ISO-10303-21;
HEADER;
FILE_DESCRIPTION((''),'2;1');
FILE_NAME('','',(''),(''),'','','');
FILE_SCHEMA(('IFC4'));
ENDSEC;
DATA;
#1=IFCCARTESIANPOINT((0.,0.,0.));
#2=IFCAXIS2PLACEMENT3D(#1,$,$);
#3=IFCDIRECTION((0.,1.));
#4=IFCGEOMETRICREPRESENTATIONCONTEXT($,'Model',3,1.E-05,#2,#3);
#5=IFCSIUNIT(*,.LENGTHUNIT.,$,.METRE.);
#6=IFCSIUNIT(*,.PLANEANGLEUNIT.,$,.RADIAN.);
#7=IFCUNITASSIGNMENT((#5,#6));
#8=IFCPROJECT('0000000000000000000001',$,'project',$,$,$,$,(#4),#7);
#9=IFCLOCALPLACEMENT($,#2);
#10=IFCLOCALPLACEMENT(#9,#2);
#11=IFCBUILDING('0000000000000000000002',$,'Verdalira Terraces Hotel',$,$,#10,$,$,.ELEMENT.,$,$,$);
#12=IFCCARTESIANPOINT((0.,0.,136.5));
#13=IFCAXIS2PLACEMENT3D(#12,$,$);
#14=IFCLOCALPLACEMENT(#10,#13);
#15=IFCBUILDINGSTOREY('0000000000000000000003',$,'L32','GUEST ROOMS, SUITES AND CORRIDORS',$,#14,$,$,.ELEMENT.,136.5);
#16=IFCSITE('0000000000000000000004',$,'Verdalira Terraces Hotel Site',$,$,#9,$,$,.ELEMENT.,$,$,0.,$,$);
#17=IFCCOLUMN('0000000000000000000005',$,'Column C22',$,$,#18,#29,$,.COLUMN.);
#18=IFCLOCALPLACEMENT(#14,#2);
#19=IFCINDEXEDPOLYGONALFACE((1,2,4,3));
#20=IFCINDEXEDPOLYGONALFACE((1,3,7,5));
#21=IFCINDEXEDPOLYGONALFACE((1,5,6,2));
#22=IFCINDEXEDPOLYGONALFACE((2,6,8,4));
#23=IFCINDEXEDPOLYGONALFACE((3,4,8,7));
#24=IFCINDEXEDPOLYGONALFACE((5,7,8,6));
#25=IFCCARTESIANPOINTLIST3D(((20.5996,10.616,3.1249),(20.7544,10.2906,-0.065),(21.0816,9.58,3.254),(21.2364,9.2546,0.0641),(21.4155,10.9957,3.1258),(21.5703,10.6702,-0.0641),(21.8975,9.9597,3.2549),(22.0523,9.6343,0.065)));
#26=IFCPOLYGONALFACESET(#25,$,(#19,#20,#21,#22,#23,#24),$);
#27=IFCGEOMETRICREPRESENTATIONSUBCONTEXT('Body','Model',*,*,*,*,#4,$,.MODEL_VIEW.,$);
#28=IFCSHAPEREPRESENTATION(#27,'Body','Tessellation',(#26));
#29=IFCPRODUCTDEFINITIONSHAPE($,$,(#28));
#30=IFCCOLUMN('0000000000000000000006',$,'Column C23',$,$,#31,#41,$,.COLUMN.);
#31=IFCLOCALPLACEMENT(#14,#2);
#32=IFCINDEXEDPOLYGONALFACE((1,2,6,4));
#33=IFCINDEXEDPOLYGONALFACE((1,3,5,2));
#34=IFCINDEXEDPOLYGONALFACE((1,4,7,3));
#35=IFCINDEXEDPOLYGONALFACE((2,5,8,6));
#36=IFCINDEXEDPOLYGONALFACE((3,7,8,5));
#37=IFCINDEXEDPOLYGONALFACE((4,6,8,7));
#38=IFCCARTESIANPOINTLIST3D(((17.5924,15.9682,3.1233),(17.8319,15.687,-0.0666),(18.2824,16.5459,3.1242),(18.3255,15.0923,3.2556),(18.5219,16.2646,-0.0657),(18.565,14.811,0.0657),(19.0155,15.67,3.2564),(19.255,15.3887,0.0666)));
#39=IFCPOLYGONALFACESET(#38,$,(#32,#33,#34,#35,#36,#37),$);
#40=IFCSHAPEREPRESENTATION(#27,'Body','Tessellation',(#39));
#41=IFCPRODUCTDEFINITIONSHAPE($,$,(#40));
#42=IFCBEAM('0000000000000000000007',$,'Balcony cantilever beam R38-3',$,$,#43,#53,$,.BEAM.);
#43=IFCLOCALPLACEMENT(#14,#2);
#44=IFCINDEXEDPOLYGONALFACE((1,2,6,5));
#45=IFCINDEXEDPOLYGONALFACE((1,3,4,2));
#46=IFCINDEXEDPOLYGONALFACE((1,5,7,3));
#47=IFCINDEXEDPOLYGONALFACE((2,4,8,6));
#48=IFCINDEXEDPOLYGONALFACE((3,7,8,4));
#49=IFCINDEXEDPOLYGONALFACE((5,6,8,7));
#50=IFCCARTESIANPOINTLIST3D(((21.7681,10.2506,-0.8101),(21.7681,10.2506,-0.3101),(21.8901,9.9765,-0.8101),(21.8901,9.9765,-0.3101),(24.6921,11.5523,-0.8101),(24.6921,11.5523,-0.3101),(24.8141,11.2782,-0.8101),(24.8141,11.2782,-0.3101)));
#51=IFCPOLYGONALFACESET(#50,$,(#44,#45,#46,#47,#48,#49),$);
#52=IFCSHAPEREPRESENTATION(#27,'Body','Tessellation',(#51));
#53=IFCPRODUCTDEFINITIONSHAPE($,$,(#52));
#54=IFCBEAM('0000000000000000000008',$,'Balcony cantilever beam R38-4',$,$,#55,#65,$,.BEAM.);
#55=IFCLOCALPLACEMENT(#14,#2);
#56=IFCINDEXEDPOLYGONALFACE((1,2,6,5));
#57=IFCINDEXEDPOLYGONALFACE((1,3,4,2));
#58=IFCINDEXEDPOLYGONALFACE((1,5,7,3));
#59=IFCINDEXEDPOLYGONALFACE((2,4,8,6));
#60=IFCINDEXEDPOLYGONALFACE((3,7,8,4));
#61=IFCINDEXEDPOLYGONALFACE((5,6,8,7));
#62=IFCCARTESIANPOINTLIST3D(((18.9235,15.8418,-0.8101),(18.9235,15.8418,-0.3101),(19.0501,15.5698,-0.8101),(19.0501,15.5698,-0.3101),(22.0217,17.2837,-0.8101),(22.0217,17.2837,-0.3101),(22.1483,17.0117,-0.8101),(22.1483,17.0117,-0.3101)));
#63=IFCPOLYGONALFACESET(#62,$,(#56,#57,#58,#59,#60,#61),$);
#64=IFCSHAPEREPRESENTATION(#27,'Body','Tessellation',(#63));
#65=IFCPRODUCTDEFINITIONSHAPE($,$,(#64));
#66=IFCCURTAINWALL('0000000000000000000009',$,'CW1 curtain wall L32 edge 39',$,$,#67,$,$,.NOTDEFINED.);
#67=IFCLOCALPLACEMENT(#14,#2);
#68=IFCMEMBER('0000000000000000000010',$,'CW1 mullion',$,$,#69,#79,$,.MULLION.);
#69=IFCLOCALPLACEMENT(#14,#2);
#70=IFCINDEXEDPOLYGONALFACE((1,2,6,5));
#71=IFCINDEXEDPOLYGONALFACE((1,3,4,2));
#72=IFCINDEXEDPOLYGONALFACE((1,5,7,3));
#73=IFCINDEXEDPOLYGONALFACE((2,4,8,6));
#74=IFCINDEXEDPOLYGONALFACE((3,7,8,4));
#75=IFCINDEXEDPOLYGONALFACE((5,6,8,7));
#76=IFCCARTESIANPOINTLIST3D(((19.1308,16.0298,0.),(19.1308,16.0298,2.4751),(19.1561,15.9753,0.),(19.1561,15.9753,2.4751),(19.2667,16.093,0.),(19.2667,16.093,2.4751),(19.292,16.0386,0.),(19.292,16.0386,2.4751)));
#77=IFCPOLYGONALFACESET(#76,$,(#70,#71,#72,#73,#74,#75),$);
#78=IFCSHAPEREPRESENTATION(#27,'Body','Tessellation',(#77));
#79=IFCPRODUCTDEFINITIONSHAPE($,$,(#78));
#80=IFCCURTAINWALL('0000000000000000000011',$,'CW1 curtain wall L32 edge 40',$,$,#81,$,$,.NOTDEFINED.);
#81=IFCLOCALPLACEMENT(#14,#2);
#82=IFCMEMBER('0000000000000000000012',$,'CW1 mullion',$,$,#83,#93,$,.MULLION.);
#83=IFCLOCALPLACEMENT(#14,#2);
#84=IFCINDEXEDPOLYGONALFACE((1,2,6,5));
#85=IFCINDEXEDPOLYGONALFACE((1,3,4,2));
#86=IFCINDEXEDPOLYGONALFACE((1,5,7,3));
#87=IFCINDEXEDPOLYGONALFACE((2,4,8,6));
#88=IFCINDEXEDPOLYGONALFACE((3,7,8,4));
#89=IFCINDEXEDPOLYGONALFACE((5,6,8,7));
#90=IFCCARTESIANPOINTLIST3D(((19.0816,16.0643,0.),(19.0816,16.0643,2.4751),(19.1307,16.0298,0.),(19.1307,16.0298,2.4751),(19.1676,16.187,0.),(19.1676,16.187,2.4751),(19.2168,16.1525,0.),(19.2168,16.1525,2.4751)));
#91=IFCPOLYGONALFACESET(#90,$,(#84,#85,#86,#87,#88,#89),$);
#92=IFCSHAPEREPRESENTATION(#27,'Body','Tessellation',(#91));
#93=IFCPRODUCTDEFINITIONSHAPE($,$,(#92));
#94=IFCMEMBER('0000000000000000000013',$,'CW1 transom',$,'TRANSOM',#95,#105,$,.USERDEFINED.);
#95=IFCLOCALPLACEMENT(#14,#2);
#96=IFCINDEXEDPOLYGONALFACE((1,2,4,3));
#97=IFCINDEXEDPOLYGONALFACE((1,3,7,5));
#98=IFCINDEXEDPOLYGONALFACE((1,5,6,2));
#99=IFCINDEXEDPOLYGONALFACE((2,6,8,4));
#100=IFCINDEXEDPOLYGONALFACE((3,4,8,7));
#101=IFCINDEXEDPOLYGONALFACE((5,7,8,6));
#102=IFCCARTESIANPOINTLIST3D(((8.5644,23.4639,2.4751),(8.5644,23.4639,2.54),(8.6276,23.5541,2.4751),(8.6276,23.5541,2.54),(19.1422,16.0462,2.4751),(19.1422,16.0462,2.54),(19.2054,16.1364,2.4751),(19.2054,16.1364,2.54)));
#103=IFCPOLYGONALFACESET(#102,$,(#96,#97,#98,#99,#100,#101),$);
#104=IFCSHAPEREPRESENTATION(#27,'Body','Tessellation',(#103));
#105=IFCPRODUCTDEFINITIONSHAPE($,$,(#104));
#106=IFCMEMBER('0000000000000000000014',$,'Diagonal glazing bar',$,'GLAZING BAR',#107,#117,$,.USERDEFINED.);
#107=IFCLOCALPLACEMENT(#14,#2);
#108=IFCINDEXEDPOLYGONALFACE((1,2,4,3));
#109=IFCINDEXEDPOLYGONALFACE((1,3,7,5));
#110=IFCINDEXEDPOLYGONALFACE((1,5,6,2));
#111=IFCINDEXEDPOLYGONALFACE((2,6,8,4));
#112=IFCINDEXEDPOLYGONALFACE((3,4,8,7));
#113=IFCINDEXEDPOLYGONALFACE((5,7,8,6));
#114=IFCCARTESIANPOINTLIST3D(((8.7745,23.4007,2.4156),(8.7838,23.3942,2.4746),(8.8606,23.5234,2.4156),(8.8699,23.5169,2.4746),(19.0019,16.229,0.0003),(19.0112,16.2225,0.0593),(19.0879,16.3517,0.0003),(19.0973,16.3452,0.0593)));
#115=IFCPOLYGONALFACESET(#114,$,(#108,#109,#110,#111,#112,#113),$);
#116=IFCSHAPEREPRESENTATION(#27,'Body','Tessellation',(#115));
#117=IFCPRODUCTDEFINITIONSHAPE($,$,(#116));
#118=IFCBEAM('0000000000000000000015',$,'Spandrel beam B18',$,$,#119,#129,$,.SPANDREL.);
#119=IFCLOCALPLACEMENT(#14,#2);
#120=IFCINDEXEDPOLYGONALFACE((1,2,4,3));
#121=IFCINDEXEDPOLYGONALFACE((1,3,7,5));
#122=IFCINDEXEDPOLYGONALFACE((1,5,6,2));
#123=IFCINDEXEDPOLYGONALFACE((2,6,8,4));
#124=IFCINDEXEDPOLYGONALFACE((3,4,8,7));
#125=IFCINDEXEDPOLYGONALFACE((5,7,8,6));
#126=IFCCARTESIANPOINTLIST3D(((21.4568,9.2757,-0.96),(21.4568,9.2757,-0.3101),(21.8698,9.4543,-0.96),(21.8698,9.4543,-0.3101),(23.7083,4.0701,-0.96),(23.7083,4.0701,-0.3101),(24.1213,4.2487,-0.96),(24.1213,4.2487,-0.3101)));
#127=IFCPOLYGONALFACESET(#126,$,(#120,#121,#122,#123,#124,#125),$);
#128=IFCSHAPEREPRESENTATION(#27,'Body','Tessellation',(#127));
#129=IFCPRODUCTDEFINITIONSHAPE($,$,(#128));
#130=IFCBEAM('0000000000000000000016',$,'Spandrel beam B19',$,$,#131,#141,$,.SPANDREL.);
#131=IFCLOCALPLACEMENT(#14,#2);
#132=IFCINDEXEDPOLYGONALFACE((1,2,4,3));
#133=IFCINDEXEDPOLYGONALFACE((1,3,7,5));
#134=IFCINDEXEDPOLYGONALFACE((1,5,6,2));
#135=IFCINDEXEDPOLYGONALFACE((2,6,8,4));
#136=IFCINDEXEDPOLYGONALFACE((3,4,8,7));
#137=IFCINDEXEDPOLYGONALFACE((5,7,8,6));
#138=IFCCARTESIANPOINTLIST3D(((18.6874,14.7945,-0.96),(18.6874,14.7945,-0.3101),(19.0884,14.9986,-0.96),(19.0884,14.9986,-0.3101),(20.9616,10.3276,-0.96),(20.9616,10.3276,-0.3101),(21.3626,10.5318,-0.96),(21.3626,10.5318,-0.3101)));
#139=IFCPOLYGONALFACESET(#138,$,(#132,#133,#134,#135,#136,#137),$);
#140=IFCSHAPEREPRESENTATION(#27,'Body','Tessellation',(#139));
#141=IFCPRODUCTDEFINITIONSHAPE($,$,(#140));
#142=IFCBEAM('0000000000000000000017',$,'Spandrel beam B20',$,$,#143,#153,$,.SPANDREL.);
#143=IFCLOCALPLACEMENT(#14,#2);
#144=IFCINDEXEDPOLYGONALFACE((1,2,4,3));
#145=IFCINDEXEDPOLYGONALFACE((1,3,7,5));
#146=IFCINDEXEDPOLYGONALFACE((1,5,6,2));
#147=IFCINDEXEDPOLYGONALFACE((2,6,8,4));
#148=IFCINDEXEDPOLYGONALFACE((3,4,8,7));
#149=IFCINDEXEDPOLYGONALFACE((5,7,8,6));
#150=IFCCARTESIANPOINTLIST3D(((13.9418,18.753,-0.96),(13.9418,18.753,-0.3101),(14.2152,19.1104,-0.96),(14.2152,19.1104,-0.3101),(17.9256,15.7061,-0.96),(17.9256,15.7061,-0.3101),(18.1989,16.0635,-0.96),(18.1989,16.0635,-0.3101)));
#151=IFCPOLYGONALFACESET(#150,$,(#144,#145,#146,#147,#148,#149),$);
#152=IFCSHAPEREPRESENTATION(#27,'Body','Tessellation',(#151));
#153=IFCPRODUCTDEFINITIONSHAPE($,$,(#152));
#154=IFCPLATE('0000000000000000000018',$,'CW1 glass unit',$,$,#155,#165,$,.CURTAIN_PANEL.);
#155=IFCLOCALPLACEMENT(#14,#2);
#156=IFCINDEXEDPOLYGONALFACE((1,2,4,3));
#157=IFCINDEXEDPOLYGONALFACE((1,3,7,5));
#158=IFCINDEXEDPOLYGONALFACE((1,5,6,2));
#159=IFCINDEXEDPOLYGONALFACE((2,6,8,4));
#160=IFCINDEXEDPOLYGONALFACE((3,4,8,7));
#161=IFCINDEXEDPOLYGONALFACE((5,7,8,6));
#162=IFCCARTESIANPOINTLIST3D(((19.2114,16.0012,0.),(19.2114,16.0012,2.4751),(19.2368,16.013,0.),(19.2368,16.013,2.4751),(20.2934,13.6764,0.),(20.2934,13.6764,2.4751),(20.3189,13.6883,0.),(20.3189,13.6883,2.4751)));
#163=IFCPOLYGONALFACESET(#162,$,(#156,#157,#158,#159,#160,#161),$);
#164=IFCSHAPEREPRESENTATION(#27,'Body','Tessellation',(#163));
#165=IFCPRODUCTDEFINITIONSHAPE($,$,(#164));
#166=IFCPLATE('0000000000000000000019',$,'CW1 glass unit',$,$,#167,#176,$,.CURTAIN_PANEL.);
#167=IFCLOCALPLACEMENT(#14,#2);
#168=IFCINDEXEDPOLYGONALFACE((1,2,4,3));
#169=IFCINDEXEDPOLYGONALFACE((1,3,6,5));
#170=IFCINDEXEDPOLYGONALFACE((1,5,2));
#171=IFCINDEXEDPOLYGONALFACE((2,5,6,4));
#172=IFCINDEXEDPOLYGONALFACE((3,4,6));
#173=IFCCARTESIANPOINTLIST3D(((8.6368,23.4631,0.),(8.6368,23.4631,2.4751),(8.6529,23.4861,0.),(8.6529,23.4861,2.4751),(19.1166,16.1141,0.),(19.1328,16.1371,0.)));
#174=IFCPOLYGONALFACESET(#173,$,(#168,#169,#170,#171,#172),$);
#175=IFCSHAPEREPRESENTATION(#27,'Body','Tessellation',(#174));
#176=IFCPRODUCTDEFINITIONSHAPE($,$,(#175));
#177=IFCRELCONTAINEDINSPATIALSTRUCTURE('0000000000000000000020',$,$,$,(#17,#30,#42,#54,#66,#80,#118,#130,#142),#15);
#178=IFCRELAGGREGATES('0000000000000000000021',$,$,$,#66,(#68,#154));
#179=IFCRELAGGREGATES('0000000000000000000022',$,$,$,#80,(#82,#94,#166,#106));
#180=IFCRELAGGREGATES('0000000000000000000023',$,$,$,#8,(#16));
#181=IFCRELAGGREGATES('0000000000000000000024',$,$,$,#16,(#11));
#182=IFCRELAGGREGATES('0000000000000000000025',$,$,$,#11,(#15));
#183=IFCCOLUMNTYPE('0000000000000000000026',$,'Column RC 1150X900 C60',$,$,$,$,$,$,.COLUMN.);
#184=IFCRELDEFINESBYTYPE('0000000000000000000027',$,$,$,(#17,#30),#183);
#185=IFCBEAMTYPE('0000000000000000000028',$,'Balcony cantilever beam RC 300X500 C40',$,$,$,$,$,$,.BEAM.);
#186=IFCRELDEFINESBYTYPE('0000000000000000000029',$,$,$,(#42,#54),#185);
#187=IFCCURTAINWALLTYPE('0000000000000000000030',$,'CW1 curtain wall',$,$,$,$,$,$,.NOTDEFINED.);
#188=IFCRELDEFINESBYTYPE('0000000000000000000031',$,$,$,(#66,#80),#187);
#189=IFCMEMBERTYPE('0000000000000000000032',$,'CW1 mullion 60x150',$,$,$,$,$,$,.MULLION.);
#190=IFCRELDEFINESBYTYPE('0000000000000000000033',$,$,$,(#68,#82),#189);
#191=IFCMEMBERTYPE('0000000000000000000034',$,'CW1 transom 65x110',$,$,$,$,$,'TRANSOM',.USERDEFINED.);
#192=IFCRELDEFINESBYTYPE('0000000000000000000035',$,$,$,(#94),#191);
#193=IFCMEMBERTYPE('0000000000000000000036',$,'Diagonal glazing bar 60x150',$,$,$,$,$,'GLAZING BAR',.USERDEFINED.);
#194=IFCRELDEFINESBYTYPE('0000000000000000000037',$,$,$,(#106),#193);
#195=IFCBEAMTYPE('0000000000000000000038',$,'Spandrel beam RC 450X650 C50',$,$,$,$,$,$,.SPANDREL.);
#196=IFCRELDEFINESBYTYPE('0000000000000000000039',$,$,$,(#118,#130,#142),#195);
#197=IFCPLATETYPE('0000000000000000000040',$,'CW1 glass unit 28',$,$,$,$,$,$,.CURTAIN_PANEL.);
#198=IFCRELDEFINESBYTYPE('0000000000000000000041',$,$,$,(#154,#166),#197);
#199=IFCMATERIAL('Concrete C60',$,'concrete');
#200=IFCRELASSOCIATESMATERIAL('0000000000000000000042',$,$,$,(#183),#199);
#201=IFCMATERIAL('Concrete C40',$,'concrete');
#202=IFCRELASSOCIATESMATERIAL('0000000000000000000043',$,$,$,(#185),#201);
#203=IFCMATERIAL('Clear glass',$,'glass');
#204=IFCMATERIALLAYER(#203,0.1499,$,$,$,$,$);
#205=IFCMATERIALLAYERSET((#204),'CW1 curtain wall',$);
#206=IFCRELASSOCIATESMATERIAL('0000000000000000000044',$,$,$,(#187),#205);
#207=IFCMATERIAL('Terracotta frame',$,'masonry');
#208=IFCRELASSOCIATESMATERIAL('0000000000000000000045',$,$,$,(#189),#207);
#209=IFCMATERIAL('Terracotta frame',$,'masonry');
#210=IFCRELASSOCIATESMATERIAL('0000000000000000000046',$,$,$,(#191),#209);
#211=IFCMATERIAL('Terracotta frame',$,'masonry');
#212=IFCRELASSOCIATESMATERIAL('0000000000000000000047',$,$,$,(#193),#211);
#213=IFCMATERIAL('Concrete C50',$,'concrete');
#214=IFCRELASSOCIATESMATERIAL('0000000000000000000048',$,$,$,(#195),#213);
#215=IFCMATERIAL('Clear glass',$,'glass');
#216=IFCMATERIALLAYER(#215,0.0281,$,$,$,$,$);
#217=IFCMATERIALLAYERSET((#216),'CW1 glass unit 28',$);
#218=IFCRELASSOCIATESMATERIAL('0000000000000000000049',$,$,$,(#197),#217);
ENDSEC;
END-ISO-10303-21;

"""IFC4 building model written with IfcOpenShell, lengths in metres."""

from ifc_helpers import new_model, si_unit, direction, frame, origin, origin_2d, place, context, subcontext, project, spatial, polyline, rectangle, outline, extrude, material, layer, layer_set, material_profile, profile_set, type_object, element, aggregate, save


model = new_model("IFC4")

# Units and contexts
model_context = context("Model", 3, precision=1e-05, world=origin(), true_north=direction((0.0, 1.0)))
body_context = subcontext(model_context, "Body", "Model", "MODEL_VIEW")
ifc_project = project(units=[si_unit("LENGTHUNIT", "METRE"), si_unit("PLANEANGLEUNIT", "RADIAN")], contexts=[model_context])

# Site, building, storey
site_placement = place(None, origin())
site = spatial("IfcSite", under=ifc_project, at=site_placement, Name="Verdalira Terraces Hotel Site", CompositionType="ELEMENT", RefElevation=0.0)
building_placement = place(site_placement, origin())
building = spatial("IfcBuilding", under=site, at=building_placement, Name="Verdalira Terraces Hotel", CompositionType="ELEMENT")
storey_placement = place(building_placement, frame((0.0, 0.0, 136.5)))
storey = spatial("IfcBuildingStorey", under=building, at=storey_placement, Name="L32", Description="GUEST ROOMS, SUITES AND CORRIDORS", CompositionType="ELEMENT", Elevation=136.5)

# Columns
ifc_material_1 = material(Name="Concrete C60", Category="concrete")
ifc_material_profile_1 = material_profile(ifc_material_1, rectangle(XDim=1.1499, YDim=0.8999, at=origin_2d()), Name="RC 1150X900")
ifc_profile_set_1 = profile_set([ifc_material_profile_1], Name="Concrete C60")
column_type = type_object("IfcColumnType", Name="Column RC 1150X900 C60", PredefinedType="COLUMN", material=ifc_profile_set_1)
column_1_placement = place(storey_placement, frame((21.4033, 9.9624, 0.0), z_axis=(-0.048216, 0.101376, 0.993679), x_axis=(-0.419168, 0.900942, -0.112254)))
element("IfcColumn", 1, at=column_1_placement, inside=storey, type_object=column_type, Name="Column C22", PredefinedType="COLUMN", context=body_context, shape_type="SweptSolid", body=[
    extrude(rectangle(XDim=1.1499, YDim=0.8999, at=origin_2d()), origin(), (0.0, 0.0, 1.0), 3.2102),
])
column_2_placement = place(storey_placement, frame((18.5435, 15.5378, 0.0), z_axis=(-0.074582, 0.087582, 0.993361), x_axis=(0.637591, -0.761738, 0.115031)))
element("IfcColumn", 2, at=column_2_placement, inside=storey, type_object=column_type, Name="Column C23", PredefinedType="COLUMN", context=body_context, shape_type="SweptSolid", body=[
    extrude(rectangle(XDim=1.1499, YDim=0.8999, at=origin_2d()), origin(), (0.0, 0.0, 1.0), 3.2112),
])

# Beams
ifc_material_2 = material(Name="Concrete C40", Category="concrete")
ifc_material_profile_2 = material_profile(ifc_material_2, rectangle(XDim=0.3, YDim=0.5, at=origin_2d()), Name="RC 300X500")
ifc_profile_set_2 = profile_set([ifc_material_profile_2], Name="Concrete C40")
beam_type_1 = type_object("IfcBeamType", Name="Balcony cantilever beam RC 300X500 C40", PredefinedType="BEAM", material=ifc_profile_set_2)
beam_1_placement = place(storey_placement, frame((21.8291, 10.1135, -0.5601), z_axis=(0.91356, 0.406705, 0.0), x_axis=(-0.406705, 0.91356, 0.0)))
element("IfcBeam", 3, at=beam_1_placement, inside=storey, type_object=beam_type_1, Name="Balcony cantilever beam R38-3", PredefinedType="BEAM", context=body_context, shape_type="SweptSolid", body=[
    extrude(rectangle(XDim=0.3, YDim=0.5, at=origin_2d()), origin(), (0.0, 0.0, 1.0), 3.2007),
])
beam_2_placement = place(storey_placement, frame((18.9868, 15.7058, -0.5601), z_axis=(0.906621, 0.421947, 0.0), x_axis=(-0.421947, 0.906621, 0.0)))
element("IfcBeam", 4, at=beam_2_placement, inside=storey, type_object=beam_type_1, Name="Balcony cantilever beam R38-4", PredefinedType="BEAM", context=body_context, shape_type="SweptSolid", body=[
    extrude(rectangle(XDim=0.3, YDim=0.5, at=origin_2d()), origin(), (0.0, 0.0, 1.0), 3.4172),
])

# Curtain wall, member
ifc_material_3 = material(Name="Clear glass", Category="glass")
ifc_layer_1 = layer(ifc_material_3, 0.1499)
ifc_layer_set_1 = layer_set([ifc_layer_1], Name="CW1 curtain wall")
curtain_wall_type = type_object("IfcCurtainWallType", Name="CW1 curtain wall", PredefinedType="NOTDEFINED", material=ifc_layer_set_1)
curtain_wall_1_placement = place(storey_placement, origin())
curtain_wall_1 = element("IfcCurtainWall", 5, at=curtain_wall_1_placement, inside=storey, type_object=curtain_wall_type, Name="CW1 curtain wall L32 edge 39", PredefinedType="NOTDEFINED")
ifc_material_4 = material(Name="Terracotta frame", Category="masonry")
ifc_material_profile_3 = material_profile(ifc_material_4, rectangle(XDim=0.0601, YDim=0.1499, at=origin_2d()), Name="MU 60x150")
ifc_profile_set_3 = profile_set([ifc_material_profile_3], Name="Terracotta frame")
member_type_1 = type_object("IfcMemberType", Name="CW1 mullion 60x150", PredefinedType="MULLION", material=ifc_profile_set_3)
member_1_placement = place(storey_placement, frame((19.2114, 16.0342, 0.0), z_axis=(0.0, 0.0, 1.0), x_axis=(-0.421985, 0.906603, 0.0)))
member_1 = element("IfcMember", 6, at=member_1_placement, type_object=member_type_1, Name="CW1 mullion", PredefinedType="MULLION", context=body_context, shape_type="SweptSolid", body=[
    extrude(rectangle(XDim=0.0601, YDim=0.1499, at=origin_2d()), origin(), (0.0, 0.0, 1.0), 2.4751),
])

# Curtain wall, members
curtain_wall_2_placement = place(storey_placement, origin())
curtain_wall_2 = element("IfcCurtainWall", 7, at=curtain_wall_2_placement, inside=storey, type_object=curtain_wall_type, Name="CW1 curtain wall L32 edge 40", PredefinedType="NOTDEFINED")
member_2_placement = place(storey_placement, frame((19.1492, 16.1084, 0.0), z_axis=(0.0, 0.0, 1.0), x_axis=(-0.818751, 0.574148, 0.0)))
member_2 = element("IfcMember", 8, at=member_2_placement, type_object=member_type_1, Name="CW1 mullion", PredefinedType="MULLION", context=body_context, shape_type="SweptSolid", body=[
    extrude(rectangle(XDim=0.0601, YDim=0.1499, at=origin_2d()), origin(), (0.0, 0.0, 1.0), 2.4751),
])
ifc_material_5 = material(Name="Terracotta frame", Category="masonry")
ifc_material_profile_4 = material_profile(ifc_material_5, rectangle(XDim=0.1101, YDim=0.0649, at=origin_2d()), Name="TR 65x110")
ifc_profile_set_4 = profile_set([ifc_material_profile_4], Name="Terracotta frame")
member_type_2 = type_object("IfcMemberType", Name="CW1 transom 65x110", ElementType="TRANSOM", PredefinedType="USERDEFINED", material=ifc_profile_set_4)
member_3_placement = place(storey_placement, frame((19.1738, 16.0913, 2.5076), z_axis=(-0.818751, 0.574148, 0.0), x_axis=(-0.574148, -0.818751, 0.0)))
member_3 = element("IfcMember", 9, at=member_3_placement, type_object=member_type_2, Name="CW1 transom", ObjectType="TRANSOM", PredefinedType="USERDEFINED", context=body_context, shape_type="SweptSolid", body=[
    extrude(rectangle(XDim=0.1101, YDim=0.0649, at=origin_2d()), origin(), (0.0, 0.0, 1.0), 12.9194),
])
ifc_material_6 = material(Name="Terracotta frame", Category="masonry")
ifc_material_profile_5 = material_profile(ifc_material_6, rectangle(XDim=0.1499, YDim=0.0601, at=origin_2d()), Name="GB 60x150")
ifc_profile_set_5 = profile_set([ifc_material_profile_5], Name="Terracotta frame")
member_type_3 = type_object("IfcMemberType", Name="Diagonal glazing bar 60x150", ElementType="GLAZING BAR", PredefinedType="USERDEFINED", material=ifc_profile_set_5)
member_4_placement = place(storey_placement, frame((19.0496, 16.2871, 0.0298), z_axis=(-0.803871, 0.563694, 0.189843), x_axis=(-0.574135, -0.818761, 0.0)))
member_4 = element("IfcMember", 10, at=member_4_placement, type_object=member_type_3, Name="Diagonal glazing bar", ObjectType="GLAZING BAR", PredefinedType="USERDEFINED", context=body_context, shape_type="SweptSolid", body=[
    extrude(rectangle(XDim=0.1499, YDim=0.0601, at=origin_2d()), origin(), (0.0, 0.0, 1.0), 12.7227),
])

# Beams
ifc_material_7 = material(Name="Concrete C50", Category="concrete")
ifc_material_profile_6 = material_profile(ifc_material_7, rectangle(XDim=0.45, YDim=0.6499, at=origin_2d()), Name="RC 450X650")
ifc_profile_set_6 = profile_set([ifc_material_profile_6], Name="Concrete C50")
beam_type_2 = type_object("IfcBeamType", Name="Spandrel beam RC 450X650 C50", PredefinedType="SPANDREL", material=ifc_profile_set_6)
beam_3_placement = place(storey_placement, frame((23.9148, 4.1594, -0.635), z_axis=(-0.396972, 0.917831, 0.0), x_axis=(-0.917831, -0.396972, 0.0)))
element("IfcBeam", 11, at=beam_3_placement, inside=storey, type_object=beam_type_2, Name="Spandrel beam B18", PredefinedType="SPANDREL", context=body_context, shape_type="SweptSolid", body=[
    extrude(rectangle(XDim=0.45, YDim=0.6499, at=origin_2d()), origin(), (0.0, 0.0, 1.0), 5.6716),
])
beam_4_placement = place(storey_placement, frame((21.1621, 10.4297, -0.635), z_axis=(-0.453709, 0.89115, 0.0), x_axis=(-0.89115, -0.453709, 0.0)))
element("IfcBeam", 12, at=beam_4_placement, inside=storey, type_object=beam_type_2, Name="Spandrel beam B19", PredefinedType="SPANDREL", context=body_context, shape_type="SweptSolid", body=[
    extrude(rectangle(XDim=0.45, YDim=0.6499, at=origin_2d()), origin(), (0.0, 0.0, 1.0), 5.0125),
])
beam_5_placement = place(storey_placement, frame((18.0623, 15.8848, -0.635), z_axis=(-0.794304, 0.607521, 0.0), x_axis=(-0.607521, -0.794304, 0.0)))
element("IfcBeam", 13, at=beam_5_placement, inside=storey, type_object=beam_type_2, Name="Spandrel beam B20", PredefinedType="SPANDREL", context=body_context, shape_type="SweptSolid", body=[
    extrude(rectangle(XDim=0.45, YDim=0.6499, at=origin_2d()), origin(), (0.0, 0.0, 1.0), 5.0154),
])

# Plates
ifc_material_8 = material(Name="Clear glass", Category="glass")
ifc_layer_2 = layer(ifc_material_8, 0.0281)
ifc_layer_set_2 = layer_set([ifc_layer_2], Name="CW1 glass unit 28")
plate_type = type_object("IfcPlateType", Name="CW1 glass unit 28", PredefinedType="CURTAIN_PANEL", material=ifc_layer_set_2)
plate_1_placement = place(storey_placement, frame((19.7651, 14.8447, 0.0), z_axis=(0.0, 0.0, 1.0), x_axis=(-0.421985, 0.906603, 0.0)))
plate_1 = element("IfcPlate", 14, at=plate_1_placement, type_object=plate_type, Name="CW1 glass unit", PredefinedType="CURTAIN_PANEL", context=body_context, shape_type="SweptSolid", body=[
    extrude(rectangle(XDim=2.5642, YDim=0.0281, at=origin_2d()), origin(), (0.0, 0.0, 1.0), 2.4751),
])
aggregate(curtain_wall_1, [member_1, plate_1])
plate_2_placement = place(storey_placement, frame((13.8767, 19.7886, 1.2375), z_axis=(0.574148, 0.818751, 0.0), x_axis=(-0.818751, 0.574148, 0.0)))
plate_2 = element("IfcPlate", 15, at=plate_2_placement, type_object=plate_type, Name="CW1 glass unit", PredefinedType="CURTAIN_PANEL", context=body_context, shape_type="SweptSolid", body=[
    extrude(outline(polyline([(-6.3999, -1.2375), (6.3999, -1.2375), (6.3999, 1.2375), (-6.3999, -1.2375)])), origin(), (0.0, 0.0, 1.0), 0.0281),
])
aggregate(curtain_wall_2, [member_2, member_3, plate_2, member_4])

save(model, "model.ifc")
